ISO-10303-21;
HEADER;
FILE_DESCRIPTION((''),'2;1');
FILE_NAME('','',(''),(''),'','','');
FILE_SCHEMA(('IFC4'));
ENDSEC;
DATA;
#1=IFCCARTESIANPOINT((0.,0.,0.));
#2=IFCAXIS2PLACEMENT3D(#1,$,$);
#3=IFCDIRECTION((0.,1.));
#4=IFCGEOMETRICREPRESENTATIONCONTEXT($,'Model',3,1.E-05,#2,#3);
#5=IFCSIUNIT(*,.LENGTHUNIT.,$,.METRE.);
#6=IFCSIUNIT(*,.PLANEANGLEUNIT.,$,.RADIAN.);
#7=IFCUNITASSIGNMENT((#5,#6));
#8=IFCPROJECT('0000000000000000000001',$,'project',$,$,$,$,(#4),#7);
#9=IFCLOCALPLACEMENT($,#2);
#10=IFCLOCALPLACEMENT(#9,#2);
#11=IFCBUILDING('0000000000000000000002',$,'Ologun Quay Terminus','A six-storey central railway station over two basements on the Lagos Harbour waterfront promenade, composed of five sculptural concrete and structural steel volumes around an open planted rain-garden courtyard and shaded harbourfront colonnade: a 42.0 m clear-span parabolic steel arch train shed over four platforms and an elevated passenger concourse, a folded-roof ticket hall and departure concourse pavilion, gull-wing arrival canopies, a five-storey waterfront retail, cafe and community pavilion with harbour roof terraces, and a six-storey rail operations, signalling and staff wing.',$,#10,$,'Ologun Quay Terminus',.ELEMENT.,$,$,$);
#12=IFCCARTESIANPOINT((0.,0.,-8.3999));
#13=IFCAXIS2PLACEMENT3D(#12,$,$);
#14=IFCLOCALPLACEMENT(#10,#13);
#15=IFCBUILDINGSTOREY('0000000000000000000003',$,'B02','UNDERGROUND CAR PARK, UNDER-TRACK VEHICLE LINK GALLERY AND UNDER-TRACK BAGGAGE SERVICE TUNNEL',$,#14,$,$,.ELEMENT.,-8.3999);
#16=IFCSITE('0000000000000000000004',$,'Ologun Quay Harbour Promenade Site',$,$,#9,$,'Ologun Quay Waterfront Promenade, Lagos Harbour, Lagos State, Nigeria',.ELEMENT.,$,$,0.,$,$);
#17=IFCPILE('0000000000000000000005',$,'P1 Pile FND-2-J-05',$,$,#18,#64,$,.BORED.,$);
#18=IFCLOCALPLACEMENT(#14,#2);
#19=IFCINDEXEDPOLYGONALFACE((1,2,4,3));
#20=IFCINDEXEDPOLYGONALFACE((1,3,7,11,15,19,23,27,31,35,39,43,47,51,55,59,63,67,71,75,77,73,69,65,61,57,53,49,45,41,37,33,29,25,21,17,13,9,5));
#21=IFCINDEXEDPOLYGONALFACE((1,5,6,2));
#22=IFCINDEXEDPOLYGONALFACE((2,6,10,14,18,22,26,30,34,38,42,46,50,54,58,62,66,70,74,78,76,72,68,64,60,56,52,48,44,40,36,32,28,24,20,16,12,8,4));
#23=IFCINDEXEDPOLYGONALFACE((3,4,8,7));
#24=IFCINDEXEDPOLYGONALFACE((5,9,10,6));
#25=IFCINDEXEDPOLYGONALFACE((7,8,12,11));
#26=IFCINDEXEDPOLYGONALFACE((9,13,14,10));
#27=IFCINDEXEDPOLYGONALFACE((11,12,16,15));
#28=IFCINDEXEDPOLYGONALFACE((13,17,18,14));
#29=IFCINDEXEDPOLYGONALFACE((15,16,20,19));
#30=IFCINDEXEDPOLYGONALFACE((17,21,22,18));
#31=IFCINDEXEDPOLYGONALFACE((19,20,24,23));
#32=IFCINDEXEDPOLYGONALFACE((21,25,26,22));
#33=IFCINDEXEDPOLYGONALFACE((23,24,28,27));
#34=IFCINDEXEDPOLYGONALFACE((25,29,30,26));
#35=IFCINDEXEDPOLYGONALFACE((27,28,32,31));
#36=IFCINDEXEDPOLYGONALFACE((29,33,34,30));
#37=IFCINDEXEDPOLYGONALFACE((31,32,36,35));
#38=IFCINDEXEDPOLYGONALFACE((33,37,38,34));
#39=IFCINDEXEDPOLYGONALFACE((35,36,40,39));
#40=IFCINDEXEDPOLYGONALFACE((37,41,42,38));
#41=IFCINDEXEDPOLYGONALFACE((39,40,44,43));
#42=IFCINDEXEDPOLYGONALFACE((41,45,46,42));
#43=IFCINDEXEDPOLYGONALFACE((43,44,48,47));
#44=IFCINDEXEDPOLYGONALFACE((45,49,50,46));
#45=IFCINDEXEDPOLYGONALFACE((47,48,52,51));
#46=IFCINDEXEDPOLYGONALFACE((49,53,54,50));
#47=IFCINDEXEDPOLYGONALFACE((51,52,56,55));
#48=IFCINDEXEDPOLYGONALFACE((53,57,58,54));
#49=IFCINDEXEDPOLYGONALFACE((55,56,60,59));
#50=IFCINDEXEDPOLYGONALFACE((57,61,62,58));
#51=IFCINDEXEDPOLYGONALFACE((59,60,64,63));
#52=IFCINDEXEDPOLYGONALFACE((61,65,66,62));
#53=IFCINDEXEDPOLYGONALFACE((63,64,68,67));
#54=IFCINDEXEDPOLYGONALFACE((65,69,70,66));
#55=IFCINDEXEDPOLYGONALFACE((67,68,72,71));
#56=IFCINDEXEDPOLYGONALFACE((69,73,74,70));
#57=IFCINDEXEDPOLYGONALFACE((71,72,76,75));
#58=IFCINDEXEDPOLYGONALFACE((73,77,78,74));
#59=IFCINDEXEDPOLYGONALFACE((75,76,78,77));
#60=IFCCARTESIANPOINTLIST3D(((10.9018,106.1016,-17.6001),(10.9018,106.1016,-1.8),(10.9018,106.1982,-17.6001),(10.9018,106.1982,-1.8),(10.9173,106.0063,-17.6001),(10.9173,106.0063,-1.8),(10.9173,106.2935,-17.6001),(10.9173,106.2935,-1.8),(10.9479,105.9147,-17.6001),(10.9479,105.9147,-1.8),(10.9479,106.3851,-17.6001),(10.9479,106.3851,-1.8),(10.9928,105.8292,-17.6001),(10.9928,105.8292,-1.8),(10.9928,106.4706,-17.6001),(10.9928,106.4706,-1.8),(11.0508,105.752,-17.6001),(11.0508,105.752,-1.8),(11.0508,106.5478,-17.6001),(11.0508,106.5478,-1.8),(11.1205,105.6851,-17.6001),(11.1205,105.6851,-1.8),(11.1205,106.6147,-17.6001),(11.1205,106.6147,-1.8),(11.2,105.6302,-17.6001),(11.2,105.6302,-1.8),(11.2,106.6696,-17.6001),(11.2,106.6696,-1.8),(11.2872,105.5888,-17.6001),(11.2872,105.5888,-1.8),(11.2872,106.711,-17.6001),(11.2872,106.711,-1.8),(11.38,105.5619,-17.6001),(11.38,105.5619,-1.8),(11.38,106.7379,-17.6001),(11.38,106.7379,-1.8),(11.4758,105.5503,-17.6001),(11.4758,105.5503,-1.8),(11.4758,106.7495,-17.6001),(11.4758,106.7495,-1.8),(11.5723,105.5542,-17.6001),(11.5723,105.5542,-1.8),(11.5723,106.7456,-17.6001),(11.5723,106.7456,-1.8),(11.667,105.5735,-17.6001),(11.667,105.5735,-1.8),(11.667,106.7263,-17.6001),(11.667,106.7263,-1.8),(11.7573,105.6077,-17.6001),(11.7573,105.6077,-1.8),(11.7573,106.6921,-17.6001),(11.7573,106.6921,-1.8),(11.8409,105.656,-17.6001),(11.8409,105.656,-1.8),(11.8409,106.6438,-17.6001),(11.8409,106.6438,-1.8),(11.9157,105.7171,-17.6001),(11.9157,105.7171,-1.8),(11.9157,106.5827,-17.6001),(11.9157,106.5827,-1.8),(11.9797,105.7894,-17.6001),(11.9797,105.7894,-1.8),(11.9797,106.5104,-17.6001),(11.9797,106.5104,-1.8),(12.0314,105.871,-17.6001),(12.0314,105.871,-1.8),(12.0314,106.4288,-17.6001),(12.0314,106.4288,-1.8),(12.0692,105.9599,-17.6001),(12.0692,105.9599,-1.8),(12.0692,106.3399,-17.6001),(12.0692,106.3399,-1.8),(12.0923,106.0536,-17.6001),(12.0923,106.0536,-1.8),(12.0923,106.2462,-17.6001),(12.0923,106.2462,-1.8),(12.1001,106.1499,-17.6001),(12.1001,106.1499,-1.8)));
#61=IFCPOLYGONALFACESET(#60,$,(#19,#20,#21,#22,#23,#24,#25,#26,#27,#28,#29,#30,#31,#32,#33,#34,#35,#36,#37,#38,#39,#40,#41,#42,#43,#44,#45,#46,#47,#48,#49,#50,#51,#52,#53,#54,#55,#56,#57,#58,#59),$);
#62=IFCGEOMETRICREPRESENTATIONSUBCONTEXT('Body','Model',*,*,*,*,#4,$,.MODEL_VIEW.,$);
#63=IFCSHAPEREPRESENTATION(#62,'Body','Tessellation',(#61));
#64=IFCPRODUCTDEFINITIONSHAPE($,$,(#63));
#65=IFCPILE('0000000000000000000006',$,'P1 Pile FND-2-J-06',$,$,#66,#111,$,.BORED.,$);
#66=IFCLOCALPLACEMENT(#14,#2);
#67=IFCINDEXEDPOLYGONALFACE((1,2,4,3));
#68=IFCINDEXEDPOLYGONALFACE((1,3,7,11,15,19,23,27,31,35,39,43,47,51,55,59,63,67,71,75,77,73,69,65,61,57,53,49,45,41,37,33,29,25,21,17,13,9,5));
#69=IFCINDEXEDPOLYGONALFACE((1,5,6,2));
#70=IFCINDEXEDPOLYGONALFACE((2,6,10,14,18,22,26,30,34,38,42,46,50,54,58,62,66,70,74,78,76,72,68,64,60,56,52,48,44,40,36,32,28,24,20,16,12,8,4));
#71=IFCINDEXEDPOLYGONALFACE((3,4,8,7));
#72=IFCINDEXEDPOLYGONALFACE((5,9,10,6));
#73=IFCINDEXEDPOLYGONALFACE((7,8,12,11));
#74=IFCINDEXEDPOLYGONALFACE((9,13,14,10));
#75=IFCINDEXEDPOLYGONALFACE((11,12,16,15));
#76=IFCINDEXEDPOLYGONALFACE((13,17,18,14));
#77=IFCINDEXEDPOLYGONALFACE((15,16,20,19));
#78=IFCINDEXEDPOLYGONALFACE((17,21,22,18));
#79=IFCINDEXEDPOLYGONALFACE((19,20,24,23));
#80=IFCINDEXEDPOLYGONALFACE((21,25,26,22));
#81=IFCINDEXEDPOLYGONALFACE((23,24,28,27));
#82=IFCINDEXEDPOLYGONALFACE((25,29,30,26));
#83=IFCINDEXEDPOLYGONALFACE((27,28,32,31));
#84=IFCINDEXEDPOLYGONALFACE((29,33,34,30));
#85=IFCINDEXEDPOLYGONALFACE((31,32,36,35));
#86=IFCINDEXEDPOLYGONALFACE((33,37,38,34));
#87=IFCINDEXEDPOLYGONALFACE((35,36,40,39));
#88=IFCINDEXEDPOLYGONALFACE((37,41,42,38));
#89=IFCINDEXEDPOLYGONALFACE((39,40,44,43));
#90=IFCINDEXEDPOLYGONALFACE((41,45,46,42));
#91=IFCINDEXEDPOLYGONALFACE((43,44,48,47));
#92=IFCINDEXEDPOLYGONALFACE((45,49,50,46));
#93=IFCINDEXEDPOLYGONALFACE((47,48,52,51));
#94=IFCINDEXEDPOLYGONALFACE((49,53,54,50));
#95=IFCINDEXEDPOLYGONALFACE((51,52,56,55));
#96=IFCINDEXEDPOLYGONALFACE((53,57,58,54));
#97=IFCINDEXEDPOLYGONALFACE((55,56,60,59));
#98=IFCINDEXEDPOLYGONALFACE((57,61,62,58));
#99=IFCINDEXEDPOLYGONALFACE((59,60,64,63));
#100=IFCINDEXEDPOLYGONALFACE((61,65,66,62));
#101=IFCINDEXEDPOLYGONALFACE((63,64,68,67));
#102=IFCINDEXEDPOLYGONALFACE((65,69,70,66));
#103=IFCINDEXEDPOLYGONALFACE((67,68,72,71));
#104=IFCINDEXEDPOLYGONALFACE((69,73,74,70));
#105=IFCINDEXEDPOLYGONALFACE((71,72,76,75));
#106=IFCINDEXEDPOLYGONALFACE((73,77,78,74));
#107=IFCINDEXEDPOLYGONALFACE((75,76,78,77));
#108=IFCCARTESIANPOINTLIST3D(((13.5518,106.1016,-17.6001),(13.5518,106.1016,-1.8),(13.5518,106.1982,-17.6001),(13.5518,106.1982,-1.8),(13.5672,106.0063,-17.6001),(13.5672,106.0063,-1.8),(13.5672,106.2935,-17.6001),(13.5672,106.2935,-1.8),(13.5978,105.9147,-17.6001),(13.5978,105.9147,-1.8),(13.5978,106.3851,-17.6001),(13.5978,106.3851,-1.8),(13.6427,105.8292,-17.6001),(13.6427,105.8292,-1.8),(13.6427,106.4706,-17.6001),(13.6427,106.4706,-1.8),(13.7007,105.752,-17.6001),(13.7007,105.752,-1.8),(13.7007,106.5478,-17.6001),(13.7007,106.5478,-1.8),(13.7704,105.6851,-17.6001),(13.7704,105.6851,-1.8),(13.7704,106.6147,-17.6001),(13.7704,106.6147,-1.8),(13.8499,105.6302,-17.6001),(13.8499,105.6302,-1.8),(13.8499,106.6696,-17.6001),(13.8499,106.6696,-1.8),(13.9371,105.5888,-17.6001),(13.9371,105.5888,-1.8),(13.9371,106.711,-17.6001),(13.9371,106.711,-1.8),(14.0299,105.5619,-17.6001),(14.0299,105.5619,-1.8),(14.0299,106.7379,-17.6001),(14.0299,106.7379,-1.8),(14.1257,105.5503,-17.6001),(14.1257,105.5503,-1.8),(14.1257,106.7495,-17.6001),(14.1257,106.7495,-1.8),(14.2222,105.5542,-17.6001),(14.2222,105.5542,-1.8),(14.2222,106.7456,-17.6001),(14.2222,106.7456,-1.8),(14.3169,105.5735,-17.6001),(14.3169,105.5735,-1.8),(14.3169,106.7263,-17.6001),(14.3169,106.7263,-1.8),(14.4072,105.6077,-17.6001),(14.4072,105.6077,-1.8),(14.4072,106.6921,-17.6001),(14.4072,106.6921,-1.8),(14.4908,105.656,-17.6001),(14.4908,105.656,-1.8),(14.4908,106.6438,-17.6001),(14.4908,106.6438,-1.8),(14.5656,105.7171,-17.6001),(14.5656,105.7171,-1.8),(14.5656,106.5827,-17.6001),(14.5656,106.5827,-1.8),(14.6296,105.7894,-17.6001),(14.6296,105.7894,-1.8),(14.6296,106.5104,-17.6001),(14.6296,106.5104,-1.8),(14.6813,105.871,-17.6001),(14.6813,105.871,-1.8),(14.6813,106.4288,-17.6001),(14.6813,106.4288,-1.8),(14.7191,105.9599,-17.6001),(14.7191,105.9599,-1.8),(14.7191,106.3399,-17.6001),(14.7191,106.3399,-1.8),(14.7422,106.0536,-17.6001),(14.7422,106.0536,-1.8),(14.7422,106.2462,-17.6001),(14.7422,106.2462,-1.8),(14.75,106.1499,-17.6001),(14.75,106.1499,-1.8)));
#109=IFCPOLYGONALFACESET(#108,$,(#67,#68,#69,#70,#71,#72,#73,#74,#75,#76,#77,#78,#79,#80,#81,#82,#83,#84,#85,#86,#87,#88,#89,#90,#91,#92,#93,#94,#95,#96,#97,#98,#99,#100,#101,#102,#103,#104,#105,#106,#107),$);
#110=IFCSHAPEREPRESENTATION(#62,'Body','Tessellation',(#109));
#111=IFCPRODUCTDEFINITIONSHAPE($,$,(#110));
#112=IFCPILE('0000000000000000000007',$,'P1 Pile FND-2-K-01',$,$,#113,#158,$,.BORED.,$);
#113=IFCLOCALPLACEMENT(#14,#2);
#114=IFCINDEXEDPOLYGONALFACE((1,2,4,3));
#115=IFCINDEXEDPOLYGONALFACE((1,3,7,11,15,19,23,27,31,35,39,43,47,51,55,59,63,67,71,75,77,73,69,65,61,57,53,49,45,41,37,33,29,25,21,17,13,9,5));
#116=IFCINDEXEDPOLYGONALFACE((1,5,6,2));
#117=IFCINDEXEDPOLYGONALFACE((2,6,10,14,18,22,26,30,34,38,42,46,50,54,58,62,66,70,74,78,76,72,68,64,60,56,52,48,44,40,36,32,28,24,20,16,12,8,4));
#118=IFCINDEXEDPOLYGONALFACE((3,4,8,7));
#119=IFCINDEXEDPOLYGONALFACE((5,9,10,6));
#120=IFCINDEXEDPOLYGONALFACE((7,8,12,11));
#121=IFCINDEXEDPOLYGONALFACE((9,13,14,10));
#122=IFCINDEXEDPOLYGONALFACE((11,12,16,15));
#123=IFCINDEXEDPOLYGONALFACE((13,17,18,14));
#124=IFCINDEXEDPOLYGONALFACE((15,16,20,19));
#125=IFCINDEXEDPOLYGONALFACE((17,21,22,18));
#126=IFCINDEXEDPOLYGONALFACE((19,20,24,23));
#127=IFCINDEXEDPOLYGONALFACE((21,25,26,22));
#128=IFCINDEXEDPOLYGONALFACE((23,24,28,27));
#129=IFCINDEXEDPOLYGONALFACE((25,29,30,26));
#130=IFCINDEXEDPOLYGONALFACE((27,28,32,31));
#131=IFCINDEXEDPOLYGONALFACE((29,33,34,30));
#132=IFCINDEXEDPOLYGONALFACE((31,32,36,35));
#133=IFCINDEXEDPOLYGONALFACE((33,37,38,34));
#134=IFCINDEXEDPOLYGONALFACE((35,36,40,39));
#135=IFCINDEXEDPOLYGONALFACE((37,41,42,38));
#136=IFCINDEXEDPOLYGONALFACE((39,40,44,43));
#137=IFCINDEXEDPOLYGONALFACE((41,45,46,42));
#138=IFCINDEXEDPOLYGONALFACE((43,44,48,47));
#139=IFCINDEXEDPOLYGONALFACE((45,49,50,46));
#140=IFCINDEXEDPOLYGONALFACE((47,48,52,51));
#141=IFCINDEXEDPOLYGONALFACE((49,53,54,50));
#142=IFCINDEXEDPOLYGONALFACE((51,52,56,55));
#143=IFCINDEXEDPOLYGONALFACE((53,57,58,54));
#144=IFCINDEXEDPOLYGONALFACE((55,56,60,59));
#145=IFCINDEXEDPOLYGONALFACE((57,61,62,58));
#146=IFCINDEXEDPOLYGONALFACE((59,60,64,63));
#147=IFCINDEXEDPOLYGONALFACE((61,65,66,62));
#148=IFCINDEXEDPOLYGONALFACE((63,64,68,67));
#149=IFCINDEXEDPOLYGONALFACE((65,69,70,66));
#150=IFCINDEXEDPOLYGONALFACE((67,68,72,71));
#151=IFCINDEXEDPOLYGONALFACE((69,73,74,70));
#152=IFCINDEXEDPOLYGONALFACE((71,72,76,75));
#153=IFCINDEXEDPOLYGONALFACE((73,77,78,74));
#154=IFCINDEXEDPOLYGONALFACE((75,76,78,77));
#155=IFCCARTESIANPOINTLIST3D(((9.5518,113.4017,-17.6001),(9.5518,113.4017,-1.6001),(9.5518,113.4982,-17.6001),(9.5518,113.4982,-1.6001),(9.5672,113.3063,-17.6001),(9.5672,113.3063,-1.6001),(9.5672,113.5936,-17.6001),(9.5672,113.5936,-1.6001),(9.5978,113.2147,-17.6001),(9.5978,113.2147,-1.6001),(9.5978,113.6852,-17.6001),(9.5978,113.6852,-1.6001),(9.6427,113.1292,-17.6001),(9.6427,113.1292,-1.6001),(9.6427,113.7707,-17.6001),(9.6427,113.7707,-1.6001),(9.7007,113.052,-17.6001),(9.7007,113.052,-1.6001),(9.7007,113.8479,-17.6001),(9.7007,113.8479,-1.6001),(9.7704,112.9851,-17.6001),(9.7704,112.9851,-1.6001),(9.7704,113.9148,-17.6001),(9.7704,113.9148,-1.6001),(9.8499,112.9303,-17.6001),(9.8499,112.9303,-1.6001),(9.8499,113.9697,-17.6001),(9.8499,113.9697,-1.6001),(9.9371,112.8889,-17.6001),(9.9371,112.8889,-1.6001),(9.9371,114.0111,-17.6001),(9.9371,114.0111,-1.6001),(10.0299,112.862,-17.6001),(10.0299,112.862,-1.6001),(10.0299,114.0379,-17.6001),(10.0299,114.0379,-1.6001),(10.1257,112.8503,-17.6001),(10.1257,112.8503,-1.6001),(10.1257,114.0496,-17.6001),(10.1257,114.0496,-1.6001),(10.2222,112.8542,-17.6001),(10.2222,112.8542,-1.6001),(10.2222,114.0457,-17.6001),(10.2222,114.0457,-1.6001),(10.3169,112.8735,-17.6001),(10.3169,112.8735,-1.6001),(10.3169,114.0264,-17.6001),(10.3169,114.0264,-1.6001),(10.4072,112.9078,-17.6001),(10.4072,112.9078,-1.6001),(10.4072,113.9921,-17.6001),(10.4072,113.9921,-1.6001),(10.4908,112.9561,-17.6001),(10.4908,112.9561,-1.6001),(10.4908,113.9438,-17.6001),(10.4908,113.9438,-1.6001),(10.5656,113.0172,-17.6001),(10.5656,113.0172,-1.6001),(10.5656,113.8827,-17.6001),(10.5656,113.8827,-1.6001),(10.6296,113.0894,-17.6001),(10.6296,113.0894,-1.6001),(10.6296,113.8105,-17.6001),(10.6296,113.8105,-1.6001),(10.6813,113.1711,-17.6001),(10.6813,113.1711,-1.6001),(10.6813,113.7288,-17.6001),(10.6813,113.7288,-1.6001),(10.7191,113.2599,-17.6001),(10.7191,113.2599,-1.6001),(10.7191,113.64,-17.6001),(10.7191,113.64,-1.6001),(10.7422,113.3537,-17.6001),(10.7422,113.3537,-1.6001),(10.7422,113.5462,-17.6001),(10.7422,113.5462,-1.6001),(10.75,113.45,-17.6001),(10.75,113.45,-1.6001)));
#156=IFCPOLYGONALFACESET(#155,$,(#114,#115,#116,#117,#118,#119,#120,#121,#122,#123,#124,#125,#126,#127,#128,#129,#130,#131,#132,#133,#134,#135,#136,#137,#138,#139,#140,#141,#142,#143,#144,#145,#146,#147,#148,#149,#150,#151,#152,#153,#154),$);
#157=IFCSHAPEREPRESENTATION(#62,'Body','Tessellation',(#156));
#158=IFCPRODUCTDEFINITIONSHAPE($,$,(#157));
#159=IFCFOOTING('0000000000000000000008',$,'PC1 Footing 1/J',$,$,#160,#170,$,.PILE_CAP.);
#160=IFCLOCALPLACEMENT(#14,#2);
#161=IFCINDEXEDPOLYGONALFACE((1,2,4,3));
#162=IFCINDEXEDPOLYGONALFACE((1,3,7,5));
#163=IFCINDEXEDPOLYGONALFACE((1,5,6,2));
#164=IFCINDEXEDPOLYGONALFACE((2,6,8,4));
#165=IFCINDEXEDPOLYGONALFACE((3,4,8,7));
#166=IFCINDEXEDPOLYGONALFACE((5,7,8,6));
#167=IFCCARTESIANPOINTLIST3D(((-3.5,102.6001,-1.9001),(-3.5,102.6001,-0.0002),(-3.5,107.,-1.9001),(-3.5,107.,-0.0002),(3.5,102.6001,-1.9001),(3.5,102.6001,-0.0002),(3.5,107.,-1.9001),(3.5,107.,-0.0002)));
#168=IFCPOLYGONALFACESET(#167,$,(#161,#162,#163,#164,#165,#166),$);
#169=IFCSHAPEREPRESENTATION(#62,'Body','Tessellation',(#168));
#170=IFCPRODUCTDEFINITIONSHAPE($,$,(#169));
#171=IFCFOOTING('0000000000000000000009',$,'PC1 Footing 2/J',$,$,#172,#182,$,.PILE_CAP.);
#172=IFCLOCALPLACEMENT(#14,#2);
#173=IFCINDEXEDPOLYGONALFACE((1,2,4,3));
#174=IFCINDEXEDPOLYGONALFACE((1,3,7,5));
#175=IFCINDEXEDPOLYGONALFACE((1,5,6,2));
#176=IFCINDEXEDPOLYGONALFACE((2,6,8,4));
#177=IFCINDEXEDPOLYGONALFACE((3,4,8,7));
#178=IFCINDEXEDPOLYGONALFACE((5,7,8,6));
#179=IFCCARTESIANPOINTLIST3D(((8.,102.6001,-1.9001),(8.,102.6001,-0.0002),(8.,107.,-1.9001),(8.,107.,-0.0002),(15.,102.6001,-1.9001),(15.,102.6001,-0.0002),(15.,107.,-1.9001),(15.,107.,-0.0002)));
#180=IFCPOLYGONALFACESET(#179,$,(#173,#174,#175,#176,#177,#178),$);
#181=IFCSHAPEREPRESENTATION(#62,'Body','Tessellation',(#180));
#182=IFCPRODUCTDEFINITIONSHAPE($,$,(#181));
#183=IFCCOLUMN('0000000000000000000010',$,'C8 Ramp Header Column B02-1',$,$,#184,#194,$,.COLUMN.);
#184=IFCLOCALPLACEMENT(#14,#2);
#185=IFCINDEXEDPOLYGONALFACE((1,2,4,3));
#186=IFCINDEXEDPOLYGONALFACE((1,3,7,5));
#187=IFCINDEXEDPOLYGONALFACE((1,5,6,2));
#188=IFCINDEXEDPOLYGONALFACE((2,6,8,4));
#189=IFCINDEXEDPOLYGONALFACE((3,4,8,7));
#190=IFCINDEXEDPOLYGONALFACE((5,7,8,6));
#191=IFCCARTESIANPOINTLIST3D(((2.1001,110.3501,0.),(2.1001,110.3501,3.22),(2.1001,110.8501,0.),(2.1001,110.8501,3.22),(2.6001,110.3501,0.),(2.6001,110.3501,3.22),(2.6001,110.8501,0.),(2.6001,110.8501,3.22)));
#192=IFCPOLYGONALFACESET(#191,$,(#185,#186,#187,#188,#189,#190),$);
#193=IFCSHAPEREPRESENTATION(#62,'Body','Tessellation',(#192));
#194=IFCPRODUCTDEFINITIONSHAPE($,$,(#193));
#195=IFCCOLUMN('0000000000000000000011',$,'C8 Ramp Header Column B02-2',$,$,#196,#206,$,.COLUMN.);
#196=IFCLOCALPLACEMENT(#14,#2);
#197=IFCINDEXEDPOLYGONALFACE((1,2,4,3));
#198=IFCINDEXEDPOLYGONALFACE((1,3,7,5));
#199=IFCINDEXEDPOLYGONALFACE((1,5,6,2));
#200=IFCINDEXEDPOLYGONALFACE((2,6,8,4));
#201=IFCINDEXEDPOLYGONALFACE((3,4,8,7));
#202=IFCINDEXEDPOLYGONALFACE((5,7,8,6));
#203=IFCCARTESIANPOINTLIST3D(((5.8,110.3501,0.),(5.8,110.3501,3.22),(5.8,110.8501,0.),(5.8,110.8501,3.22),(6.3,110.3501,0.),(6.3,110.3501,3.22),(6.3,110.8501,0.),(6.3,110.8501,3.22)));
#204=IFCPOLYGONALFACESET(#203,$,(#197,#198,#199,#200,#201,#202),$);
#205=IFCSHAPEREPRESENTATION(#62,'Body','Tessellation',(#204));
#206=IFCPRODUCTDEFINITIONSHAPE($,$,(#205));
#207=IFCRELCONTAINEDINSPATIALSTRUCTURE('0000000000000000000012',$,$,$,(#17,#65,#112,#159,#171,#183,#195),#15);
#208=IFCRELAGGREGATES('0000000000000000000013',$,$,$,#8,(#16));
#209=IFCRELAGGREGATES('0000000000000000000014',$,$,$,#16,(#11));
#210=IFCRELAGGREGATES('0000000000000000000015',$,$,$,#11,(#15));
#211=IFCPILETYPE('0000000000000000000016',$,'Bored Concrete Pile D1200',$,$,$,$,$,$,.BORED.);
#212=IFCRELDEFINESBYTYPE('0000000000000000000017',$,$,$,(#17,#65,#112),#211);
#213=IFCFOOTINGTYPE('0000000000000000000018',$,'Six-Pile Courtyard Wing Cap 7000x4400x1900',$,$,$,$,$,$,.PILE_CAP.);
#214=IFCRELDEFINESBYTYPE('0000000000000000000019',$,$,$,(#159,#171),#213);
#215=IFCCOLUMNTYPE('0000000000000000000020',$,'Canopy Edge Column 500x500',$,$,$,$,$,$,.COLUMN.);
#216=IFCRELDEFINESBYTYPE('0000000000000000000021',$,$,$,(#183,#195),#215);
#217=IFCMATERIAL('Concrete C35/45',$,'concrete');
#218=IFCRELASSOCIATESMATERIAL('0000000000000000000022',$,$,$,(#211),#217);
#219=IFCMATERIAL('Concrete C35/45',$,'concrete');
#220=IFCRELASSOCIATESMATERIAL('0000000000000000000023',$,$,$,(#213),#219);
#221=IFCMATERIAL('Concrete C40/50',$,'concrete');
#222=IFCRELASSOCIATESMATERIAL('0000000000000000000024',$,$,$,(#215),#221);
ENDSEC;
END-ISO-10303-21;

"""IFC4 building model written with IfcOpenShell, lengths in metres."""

from ifc_helpers import new_model, si_unit, direction, frame, origin, origin_2d, place, context, subcontext, project, spatial, rectangle, circle, extrude, material, material_profile, profile_set, type_object, element, save


model = new_model("IFC4")

# Units and contexts
model_context = context("Model", 3, precision=1e-05, world=origin(), true_north=direction((0.0, 1.0)))
body_context = subcontext(model_context, "Body", "Model", "MODEL_VIEW")
ifc_project = project(units=[si_unit("LENGTHUNIT", "METRE"), si_unit("PLANEANGLEUNIT", "RADIAN")], contexts=[model_context])

# Site, building, storey
site_placement = place(None, origin())
site = spatial("IfcSite", under=ifc_project, at=site_placement, Name="Ologun Quay Harbour Promenade Site", LongName="Ologun Quay Waterfront Promenade, Lagos Harbour, Lagos State, Nigeria", CompositionType="ELEMENT", RefElevation=0.0)
building_placement = place(site_placement, origin())
building = spatial("IfcBuilding", under=site, at=building_placement, Name="Ologun Quay Terminus", Description="A six-storey central railway station over two basements on the Lagos Harbour waterfront promenade, composed of five sculptural concrete and structural steel volumes around an open planted rain-garden courtyard and shaded harbourfront colonnade: a 42.0 m clear-span parabolic steel arch train shed over four platforms and an elevated passenger concourse, a folded-roof ticket hall and departure concourse pavilion, gull-wing arrival canopies, a five-storey waterfront retail, cafe and community pavilion with harbour roof terraces, and a six-storey rail operations, signalling and staff wing.", LongName="Ologun Quay Terminus", CompositionType="ELEMENT")
storey_placement = place(building_placement, frame((0.0, 0.0, -8.3999)))
storey = spatial("IfcBuildingStorey", under=building, at=storey_placement, Name="B02", Description="UNDERGROUND CAR PARK, UNDER-TRACK VEHICLE LINK GALLERY AND UNDER-TRACK BAGGAGE SERVICE TUNNEL", CompositionType="ELEMENT", Elevation=-8.3999)

# Piles
ifc_material_1 = material(Name="Concrete C35/45", Category="concrete")
ifc_material_profile_1 = material_profile(ifc_material_1, circle(Radius=0.6001, at=origin_2d()), Name="PILE D1200")
ifc_profile_set_1 = profile_set([ifc_material_profile_1], Name="Concrete C35/45")
pile_type = type_object("IfcPileType", Name="Bored Concrete Pile D1200", PredefinedType="BORED", material=ifc_profile_set_1)
for number, where, z_axis, x_axis, name in (
    (1, (11.5, 106.1499, -1.8), (0.0, 0.0, -1.0), (1.0, 0.0, 0.0), "P1 Pile FND-2-J-05"),
    (2, (14.1499, 106.1499, -1.8), (0.0, 0.0, -1.0), (1.0, 0.0, 0.0), "P1 Pile FND-2-J-06"),
):
    element("IfcPile", number, at=place(storey_placement, frame(where, z_axis=z_axis, x_axis=x_axis)), inside=storey, type_object=pile_type, Name=name, PredefinedType="BORED", context=body_context, shape_type="SweptSolid", body=[
        extrude(circle(Radius=0.6001, at=origin_2d()), origin(), (0.0, 0.0, 1.0), 15.8),
    ])
pile_placement = place(storey_placement, frame((10.1499, 113.45, -1.6001), z_axis=(0.0, 0.0, -1.0), x_axis=(1.0, 0.0, 0.0)))
element("IfcPile", 3, at=pile_placement, inside=storey, type_object=pile_type, Name="P1 Pile FND-2-K-01", PredefinedType="BORED", context=body_context, shape_type="SweptSolid", body=[
    extrude(circle(Radius=0.6001, at=origin_2d()), origin(), (0.0, 0.0, 1.0), 16.0),
])

# Footings
ifc_material_2 = material(Name="Concrete C35/45", Category="concrete")
footing_type = type_object("IfcFootingType", Name="Six-Pile Courtyard Wing Cap 7000x4400x1900", PredefinedType="PILE_CAP", material=ifc_material_2)
for number, where, z_axis, x_axis, name in (
    (4, (0.0, 104.8, -1.9001), (0.0, 0.0, 1.0), (1.0, 0.0, 0.0), "PC1 Footing 1/J"),
    (5, (11.5, 104.8, -1.9001), (0.0, 0.0, 1.0), (1.0, 0.0, 0.0), "PC1 Footing 2/J"),
):
    element("IfcFooting", number, at=place(storey_placement, frame(where, z_axis=z_axis, x_axis=x_axis)), inside=storey, type_object=footing_type, Name=name, PredefinedType="PILE_CAP", context=body_context, shape_type="SweptSolid", body=[
        extrude(rectangle(XDim=7.0, YDim=4.3999, at=origin_2d()), origin(), (0.0, 0.0, 1.0), 1.8999),
    ])

# Columns
ifc_material_3 = material(Name="Concrete C40/50", Category="concrete")
ifc_material_profile_2 = material_profile(ifc_material_3, rectangle(XDim=0.5, YDim=0.5, at=origin_2d()), Name="RC 500x500")
ifc_profile_set_2 = profile_set([ifc_material_profile_2], Name="Concrete C40/50")
column_type_1 = type_object("IfcColumnType", Name="Canopy Edge Column 500x500", PredefinedType="COLUMN", material=ifc_profile_set_2)
for number, where, z_axis, x_axis, name in (
    (6, (2.3501, 110.6001, 0.0), (0.0, 0.0, 1.0), (1.0, 0.0, 0.0), "C8 Ramp Header Column B02-1"),
    (7, (6.05, 110.6001, 0.0), (0.0, 0.0, 1.0), (1.0, 0.0, 0.0), "C8 Ramp Header Column B02-2"),
):
    element("IfcColumn", number, at=place(storey_placement, frame(where, z_axis=z_axis, x_axis=x_axis)), inside=storey, type_object=column_type_1, Name=name, PredefinedType="COLUMN", context=body_context, shape_type="SweptSolid", body=[
        extrude(rectangle(XDim=0.5, YDim=0.5, at=origin_2d()), origin(), (0.0, 0.0, 1.0), 3.22),
    ])

save(model, "model.ifc")
